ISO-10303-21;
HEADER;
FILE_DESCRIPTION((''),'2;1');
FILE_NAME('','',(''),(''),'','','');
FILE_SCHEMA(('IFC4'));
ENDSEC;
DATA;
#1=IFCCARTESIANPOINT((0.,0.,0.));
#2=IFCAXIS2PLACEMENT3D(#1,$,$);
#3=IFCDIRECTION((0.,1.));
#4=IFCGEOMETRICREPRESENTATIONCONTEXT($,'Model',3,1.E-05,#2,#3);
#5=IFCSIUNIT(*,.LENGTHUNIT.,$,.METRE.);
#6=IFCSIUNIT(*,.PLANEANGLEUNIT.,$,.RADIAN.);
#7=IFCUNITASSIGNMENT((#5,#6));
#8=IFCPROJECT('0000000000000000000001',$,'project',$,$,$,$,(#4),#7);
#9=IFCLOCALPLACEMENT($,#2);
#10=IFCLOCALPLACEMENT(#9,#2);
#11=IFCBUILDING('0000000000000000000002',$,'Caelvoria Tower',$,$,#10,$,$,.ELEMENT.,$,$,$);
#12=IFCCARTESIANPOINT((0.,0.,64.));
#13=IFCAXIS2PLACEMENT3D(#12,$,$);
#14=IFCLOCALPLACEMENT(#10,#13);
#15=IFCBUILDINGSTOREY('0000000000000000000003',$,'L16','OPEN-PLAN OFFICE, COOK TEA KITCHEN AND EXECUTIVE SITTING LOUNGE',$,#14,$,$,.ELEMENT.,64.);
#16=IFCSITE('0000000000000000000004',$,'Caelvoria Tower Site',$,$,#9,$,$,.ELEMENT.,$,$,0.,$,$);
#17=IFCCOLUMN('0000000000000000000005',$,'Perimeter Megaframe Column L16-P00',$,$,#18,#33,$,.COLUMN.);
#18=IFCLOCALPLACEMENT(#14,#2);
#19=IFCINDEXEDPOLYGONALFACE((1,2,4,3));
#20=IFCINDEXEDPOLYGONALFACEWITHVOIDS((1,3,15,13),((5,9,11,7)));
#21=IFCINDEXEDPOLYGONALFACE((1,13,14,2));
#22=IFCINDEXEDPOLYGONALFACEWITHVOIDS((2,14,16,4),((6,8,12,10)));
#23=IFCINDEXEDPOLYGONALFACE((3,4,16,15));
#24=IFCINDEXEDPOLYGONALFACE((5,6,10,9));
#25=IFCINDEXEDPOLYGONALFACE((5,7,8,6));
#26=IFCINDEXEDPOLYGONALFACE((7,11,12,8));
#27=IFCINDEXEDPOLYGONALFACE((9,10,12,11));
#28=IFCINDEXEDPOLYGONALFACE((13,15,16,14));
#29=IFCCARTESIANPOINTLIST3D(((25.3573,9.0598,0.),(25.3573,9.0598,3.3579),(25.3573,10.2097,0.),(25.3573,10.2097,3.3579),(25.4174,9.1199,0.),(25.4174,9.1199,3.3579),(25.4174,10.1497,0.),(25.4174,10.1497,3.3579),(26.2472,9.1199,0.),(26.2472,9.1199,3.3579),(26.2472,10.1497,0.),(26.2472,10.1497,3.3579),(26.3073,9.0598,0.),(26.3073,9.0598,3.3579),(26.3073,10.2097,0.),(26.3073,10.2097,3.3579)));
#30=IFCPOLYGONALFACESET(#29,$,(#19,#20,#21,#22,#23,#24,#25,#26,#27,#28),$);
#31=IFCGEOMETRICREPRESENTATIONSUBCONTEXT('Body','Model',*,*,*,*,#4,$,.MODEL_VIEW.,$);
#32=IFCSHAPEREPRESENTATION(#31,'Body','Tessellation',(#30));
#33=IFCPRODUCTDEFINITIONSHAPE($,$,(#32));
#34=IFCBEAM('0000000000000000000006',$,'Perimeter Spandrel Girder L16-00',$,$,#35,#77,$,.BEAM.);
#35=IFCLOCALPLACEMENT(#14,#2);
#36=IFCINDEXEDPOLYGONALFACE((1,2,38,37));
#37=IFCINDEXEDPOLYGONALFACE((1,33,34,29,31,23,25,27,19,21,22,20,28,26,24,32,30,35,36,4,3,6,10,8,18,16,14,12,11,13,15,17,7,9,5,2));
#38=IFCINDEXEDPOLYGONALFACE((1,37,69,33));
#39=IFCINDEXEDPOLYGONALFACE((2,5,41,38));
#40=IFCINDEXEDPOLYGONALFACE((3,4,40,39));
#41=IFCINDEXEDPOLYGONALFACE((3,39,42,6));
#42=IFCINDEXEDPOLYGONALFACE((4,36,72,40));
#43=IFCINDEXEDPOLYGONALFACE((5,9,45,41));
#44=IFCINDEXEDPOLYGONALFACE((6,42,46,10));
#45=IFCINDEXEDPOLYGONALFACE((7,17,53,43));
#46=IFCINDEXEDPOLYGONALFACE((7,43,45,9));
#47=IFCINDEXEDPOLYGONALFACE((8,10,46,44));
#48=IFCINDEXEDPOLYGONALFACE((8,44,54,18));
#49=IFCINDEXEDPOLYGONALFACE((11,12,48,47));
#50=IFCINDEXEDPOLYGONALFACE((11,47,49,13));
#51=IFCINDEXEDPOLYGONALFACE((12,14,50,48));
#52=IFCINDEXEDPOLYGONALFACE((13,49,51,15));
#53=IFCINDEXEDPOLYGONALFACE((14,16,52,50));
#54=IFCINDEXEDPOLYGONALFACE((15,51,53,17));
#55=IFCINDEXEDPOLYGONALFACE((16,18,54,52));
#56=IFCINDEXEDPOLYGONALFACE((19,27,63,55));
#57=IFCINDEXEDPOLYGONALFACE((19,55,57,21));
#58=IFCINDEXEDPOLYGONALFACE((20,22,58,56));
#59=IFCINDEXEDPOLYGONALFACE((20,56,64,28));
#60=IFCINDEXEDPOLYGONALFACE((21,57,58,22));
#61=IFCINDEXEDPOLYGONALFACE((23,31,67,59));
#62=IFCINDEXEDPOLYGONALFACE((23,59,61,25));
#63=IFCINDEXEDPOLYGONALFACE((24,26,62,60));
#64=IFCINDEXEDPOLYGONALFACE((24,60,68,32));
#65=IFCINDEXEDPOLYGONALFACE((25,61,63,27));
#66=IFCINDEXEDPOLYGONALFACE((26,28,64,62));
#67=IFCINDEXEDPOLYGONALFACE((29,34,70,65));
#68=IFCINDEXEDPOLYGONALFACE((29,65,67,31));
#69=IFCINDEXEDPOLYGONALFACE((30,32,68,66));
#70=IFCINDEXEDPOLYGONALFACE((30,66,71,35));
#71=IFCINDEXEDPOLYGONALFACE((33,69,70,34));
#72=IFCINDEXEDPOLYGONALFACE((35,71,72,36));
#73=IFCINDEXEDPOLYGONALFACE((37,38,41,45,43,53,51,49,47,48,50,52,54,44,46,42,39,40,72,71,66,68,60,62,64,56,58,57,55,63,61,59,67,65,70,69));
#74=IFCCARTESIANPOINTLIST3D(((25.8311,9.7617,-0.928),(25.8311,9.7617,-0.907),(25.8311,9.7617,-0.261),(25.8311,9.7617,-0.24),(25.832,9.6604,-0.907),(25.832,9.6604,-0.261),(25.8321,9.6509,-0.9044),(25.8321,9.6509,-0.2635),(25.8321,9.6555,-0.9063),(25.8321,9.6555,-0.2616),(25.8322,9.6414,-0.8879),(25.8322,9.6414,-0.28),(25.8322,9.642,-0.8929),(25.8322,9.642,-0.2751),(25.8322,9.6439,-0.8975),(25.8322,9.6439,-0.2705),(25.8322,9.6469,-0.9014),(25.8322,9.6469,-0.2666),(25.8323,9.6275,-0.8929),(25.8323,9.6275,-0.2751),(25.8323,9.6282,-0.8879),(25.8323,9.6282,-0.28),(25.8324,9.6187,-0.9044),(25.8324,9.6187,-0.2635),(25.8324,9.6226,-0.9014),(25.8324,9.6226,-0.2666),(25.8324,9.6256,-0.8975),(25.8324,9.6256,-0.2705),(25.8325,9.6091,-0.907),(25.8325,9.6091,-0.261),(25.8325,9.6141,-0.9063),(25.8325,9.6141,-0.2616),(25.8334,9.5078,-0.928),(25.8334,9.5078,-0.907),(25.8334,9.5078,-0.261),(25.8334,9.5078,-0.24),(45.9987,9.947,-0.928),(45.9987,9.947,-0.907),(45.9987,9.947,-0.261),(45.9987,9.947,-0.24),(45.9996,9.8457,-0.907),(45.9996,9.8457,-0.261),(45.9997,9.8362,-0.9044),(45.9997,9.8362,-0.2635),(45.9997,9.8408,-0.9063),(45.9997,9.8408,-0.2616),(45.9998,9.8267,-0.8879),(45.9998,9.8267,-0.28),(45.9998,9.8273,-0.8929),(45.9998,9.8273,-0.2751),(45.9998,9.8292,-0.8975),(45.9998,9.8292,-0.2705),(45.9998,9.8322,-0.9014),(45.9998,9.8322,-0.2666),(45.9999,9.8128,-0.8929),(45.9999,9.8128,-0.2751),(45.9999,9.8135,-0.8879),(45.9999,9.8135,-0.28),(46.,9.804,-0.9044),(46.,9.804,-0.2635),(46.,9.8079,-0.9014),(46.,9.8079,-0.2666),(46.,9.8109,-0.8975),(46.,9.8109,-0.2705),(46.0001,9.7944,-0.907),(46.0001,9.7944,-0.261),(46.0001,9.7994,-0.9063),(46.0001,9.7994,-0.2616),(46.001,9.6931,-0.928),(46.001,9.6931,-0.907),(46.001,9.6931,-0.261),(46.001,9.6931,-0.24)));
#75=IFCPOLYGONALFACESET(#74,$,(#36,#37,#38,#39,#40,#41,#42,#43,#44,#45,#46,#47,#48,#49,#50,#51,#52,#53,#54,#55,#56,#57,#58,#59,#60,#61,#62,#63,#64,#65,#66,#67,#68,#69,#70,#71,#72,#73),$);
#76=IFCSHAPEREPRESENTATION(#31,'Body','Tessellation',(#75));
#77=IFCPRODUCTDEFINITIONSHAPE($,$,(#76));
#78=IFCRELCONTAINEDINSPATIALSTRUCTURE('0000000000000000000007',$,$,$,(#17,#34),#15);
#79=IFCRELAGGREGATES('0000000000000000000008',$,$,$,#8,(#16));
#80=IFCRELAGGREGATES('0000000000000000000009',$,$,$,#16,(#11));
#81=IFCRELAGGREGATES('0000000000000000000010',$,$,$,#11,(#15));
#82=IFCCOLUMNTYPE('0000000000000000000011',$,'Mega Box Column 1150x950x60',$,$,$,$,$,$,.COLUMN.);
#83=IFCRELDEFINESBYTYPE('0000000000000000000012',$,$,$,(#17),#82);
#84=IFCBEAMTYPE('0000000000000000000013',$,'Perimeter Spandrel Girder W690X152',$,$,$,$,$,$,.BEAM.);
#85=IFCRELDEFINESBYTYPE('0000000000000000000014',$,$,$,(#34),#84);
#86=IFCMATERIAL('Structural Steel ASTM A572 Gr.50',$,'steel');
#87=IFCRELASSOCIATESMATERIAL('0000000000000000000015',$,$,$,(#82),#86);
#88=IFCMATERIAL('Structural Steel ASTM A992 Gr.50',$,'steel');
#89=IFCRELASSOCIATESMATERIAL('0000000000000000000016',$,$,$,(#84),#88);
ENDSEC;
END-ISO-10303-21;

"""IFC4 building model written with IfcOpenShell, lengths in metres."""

from ifc_helpers import new_model, si_unit, direction, frame, origin, origin_2d, place, context, subcontext, project, spatial, hollow_rectangle, i_section, extrude, material, material_profile, profile_set, type_object, element, save


model = new_model("IFC4")

# Units and contexts
model_context = context("Model", 3, precision=1e-05, world=origin(), true_north=direction((0.0, 1.0)))
body_context = subcontext(model_context, "Body", "Model", "MODEL_VIEW")
ifc_project = project(units=[si_unit("LENGTHUNIT", "METRE"), si_unit("PLANEANGLEUNIT", "RADIAN")], contexts=[model_context])

# Site, building, storey
site_placement = place(None, origin())
site = spatial("IfcSite", under=ifc_project, at=site_placement, Name="Caelvoria Tower Site", CompositionType="ELEMENT", RefElevation=0.0)
building_placement = place(site_placement, origin())
building = spatial("IfcBuilding", under=site, at=building_placement, Name="Caelvoria Tower", CompositionType="ELEMENT")
storey_placement = place(building_placement, frame((0.0, 0.0, 64.0)))
storey = spatial("IfcBuildingStorey", under=building, at=storey_placement, Name="L16", Description="OPEN-PLAN OFFICE, COOK TEA KITCHEN AND EXECUTIVE SITTING LOUNGE", CompositionType="ELEMENT", Elevation=64.0)

# Column
ifc_material_1 = material(Name="Structural Steel ASTM A572 Gr.50", Category="steel")
ifc_material_profile_1 = material_profile(ifc_material_1, hollow_rectangle(XDim=0.95, YDim=1.1499, WallThickness=0.0601, at=origin_2d()), Name="Structural Steel ASTM A572 Gr.50")
ifc_profile_set_1 = profile_set([ifc_material_profile_1], Name="BOX1150X950X60 - Structural Steel ASTM A572 Gr.50")
column_type = type_object("IfcColumnType", Name="Mega Box Column 1150x950x60", PredefinedType="COLUMN", material=ifc_profile_set_1)
column_placement = place(storey_placement, frame((25.8323, 9.6348, 0.0), z_axis=(0.0, 0.0, 1.0), x_axis=(1.0, 0.0, 0.0)))
element("IfcColumn", 1, at=column_placement, inside=storey, type_object=column_type, Name="Perimeter Megaframe Column L16-P00", PredefinedType="COLUMN", context=body_context, shape_type="SweptSolid", body=[
    extrude(hollow_rectangle(XDim=0.95, YDim=1.1499, WallThickness=0.0601, at=origin_2d()), origin(), (0.0, 0.0, 1.0), 3.3579),
])

# Beam
ifc_material_2 = material(Name="Structural Steel ASTM A992 Gr.50", Category="steel")
ifc_material_profile_2 = material_profile(ifc_material_2, i_section(OverallWidth=0.2539, OverallDepth=0.688, WebThickness=0.0132, FlangeThickness=0.021, FilletRadius=0.019, at=origin_2d()), Name="Structural Steel ASTM A992 Gr.50")
ifc_profile_set_2 = profile_set([ifc_material_profile_2], Name="W690X152 - Structural Steel ASTM A992 Gr.50")
beam_type = type_object("IfcBeamType", Name="Perimeter Spandrel Girder W690X152", PredefinedType="BEAM", material=ifc_profile_set_2)
beam_placement = place(storey_placement, frame((25.8323, 9.6348, -0.584), z_axis=(0.999958, 0.009188, 0.0), x_axis=(-0.009188, 0.999958, 0.0)))
element("IfcBeam", 2, at=beam_placement, inside=storey, type_object=beam_type, Name="Perimeter Spandrel Girder L16-00", PredefinedType="BEAM", context=body_context, shape_type="SweptSolid", body=[
    extrude(i_section(OverallWidth=0.2539, OverallDepth=0.688, WebThickness=0.0132, FlangeThickness=0.021, FilletRadius=0.019, at=origin_2d()), origin(), (0.0, 0.0, 1.0), 20.1685),
])

save(model, "model.ifc")
